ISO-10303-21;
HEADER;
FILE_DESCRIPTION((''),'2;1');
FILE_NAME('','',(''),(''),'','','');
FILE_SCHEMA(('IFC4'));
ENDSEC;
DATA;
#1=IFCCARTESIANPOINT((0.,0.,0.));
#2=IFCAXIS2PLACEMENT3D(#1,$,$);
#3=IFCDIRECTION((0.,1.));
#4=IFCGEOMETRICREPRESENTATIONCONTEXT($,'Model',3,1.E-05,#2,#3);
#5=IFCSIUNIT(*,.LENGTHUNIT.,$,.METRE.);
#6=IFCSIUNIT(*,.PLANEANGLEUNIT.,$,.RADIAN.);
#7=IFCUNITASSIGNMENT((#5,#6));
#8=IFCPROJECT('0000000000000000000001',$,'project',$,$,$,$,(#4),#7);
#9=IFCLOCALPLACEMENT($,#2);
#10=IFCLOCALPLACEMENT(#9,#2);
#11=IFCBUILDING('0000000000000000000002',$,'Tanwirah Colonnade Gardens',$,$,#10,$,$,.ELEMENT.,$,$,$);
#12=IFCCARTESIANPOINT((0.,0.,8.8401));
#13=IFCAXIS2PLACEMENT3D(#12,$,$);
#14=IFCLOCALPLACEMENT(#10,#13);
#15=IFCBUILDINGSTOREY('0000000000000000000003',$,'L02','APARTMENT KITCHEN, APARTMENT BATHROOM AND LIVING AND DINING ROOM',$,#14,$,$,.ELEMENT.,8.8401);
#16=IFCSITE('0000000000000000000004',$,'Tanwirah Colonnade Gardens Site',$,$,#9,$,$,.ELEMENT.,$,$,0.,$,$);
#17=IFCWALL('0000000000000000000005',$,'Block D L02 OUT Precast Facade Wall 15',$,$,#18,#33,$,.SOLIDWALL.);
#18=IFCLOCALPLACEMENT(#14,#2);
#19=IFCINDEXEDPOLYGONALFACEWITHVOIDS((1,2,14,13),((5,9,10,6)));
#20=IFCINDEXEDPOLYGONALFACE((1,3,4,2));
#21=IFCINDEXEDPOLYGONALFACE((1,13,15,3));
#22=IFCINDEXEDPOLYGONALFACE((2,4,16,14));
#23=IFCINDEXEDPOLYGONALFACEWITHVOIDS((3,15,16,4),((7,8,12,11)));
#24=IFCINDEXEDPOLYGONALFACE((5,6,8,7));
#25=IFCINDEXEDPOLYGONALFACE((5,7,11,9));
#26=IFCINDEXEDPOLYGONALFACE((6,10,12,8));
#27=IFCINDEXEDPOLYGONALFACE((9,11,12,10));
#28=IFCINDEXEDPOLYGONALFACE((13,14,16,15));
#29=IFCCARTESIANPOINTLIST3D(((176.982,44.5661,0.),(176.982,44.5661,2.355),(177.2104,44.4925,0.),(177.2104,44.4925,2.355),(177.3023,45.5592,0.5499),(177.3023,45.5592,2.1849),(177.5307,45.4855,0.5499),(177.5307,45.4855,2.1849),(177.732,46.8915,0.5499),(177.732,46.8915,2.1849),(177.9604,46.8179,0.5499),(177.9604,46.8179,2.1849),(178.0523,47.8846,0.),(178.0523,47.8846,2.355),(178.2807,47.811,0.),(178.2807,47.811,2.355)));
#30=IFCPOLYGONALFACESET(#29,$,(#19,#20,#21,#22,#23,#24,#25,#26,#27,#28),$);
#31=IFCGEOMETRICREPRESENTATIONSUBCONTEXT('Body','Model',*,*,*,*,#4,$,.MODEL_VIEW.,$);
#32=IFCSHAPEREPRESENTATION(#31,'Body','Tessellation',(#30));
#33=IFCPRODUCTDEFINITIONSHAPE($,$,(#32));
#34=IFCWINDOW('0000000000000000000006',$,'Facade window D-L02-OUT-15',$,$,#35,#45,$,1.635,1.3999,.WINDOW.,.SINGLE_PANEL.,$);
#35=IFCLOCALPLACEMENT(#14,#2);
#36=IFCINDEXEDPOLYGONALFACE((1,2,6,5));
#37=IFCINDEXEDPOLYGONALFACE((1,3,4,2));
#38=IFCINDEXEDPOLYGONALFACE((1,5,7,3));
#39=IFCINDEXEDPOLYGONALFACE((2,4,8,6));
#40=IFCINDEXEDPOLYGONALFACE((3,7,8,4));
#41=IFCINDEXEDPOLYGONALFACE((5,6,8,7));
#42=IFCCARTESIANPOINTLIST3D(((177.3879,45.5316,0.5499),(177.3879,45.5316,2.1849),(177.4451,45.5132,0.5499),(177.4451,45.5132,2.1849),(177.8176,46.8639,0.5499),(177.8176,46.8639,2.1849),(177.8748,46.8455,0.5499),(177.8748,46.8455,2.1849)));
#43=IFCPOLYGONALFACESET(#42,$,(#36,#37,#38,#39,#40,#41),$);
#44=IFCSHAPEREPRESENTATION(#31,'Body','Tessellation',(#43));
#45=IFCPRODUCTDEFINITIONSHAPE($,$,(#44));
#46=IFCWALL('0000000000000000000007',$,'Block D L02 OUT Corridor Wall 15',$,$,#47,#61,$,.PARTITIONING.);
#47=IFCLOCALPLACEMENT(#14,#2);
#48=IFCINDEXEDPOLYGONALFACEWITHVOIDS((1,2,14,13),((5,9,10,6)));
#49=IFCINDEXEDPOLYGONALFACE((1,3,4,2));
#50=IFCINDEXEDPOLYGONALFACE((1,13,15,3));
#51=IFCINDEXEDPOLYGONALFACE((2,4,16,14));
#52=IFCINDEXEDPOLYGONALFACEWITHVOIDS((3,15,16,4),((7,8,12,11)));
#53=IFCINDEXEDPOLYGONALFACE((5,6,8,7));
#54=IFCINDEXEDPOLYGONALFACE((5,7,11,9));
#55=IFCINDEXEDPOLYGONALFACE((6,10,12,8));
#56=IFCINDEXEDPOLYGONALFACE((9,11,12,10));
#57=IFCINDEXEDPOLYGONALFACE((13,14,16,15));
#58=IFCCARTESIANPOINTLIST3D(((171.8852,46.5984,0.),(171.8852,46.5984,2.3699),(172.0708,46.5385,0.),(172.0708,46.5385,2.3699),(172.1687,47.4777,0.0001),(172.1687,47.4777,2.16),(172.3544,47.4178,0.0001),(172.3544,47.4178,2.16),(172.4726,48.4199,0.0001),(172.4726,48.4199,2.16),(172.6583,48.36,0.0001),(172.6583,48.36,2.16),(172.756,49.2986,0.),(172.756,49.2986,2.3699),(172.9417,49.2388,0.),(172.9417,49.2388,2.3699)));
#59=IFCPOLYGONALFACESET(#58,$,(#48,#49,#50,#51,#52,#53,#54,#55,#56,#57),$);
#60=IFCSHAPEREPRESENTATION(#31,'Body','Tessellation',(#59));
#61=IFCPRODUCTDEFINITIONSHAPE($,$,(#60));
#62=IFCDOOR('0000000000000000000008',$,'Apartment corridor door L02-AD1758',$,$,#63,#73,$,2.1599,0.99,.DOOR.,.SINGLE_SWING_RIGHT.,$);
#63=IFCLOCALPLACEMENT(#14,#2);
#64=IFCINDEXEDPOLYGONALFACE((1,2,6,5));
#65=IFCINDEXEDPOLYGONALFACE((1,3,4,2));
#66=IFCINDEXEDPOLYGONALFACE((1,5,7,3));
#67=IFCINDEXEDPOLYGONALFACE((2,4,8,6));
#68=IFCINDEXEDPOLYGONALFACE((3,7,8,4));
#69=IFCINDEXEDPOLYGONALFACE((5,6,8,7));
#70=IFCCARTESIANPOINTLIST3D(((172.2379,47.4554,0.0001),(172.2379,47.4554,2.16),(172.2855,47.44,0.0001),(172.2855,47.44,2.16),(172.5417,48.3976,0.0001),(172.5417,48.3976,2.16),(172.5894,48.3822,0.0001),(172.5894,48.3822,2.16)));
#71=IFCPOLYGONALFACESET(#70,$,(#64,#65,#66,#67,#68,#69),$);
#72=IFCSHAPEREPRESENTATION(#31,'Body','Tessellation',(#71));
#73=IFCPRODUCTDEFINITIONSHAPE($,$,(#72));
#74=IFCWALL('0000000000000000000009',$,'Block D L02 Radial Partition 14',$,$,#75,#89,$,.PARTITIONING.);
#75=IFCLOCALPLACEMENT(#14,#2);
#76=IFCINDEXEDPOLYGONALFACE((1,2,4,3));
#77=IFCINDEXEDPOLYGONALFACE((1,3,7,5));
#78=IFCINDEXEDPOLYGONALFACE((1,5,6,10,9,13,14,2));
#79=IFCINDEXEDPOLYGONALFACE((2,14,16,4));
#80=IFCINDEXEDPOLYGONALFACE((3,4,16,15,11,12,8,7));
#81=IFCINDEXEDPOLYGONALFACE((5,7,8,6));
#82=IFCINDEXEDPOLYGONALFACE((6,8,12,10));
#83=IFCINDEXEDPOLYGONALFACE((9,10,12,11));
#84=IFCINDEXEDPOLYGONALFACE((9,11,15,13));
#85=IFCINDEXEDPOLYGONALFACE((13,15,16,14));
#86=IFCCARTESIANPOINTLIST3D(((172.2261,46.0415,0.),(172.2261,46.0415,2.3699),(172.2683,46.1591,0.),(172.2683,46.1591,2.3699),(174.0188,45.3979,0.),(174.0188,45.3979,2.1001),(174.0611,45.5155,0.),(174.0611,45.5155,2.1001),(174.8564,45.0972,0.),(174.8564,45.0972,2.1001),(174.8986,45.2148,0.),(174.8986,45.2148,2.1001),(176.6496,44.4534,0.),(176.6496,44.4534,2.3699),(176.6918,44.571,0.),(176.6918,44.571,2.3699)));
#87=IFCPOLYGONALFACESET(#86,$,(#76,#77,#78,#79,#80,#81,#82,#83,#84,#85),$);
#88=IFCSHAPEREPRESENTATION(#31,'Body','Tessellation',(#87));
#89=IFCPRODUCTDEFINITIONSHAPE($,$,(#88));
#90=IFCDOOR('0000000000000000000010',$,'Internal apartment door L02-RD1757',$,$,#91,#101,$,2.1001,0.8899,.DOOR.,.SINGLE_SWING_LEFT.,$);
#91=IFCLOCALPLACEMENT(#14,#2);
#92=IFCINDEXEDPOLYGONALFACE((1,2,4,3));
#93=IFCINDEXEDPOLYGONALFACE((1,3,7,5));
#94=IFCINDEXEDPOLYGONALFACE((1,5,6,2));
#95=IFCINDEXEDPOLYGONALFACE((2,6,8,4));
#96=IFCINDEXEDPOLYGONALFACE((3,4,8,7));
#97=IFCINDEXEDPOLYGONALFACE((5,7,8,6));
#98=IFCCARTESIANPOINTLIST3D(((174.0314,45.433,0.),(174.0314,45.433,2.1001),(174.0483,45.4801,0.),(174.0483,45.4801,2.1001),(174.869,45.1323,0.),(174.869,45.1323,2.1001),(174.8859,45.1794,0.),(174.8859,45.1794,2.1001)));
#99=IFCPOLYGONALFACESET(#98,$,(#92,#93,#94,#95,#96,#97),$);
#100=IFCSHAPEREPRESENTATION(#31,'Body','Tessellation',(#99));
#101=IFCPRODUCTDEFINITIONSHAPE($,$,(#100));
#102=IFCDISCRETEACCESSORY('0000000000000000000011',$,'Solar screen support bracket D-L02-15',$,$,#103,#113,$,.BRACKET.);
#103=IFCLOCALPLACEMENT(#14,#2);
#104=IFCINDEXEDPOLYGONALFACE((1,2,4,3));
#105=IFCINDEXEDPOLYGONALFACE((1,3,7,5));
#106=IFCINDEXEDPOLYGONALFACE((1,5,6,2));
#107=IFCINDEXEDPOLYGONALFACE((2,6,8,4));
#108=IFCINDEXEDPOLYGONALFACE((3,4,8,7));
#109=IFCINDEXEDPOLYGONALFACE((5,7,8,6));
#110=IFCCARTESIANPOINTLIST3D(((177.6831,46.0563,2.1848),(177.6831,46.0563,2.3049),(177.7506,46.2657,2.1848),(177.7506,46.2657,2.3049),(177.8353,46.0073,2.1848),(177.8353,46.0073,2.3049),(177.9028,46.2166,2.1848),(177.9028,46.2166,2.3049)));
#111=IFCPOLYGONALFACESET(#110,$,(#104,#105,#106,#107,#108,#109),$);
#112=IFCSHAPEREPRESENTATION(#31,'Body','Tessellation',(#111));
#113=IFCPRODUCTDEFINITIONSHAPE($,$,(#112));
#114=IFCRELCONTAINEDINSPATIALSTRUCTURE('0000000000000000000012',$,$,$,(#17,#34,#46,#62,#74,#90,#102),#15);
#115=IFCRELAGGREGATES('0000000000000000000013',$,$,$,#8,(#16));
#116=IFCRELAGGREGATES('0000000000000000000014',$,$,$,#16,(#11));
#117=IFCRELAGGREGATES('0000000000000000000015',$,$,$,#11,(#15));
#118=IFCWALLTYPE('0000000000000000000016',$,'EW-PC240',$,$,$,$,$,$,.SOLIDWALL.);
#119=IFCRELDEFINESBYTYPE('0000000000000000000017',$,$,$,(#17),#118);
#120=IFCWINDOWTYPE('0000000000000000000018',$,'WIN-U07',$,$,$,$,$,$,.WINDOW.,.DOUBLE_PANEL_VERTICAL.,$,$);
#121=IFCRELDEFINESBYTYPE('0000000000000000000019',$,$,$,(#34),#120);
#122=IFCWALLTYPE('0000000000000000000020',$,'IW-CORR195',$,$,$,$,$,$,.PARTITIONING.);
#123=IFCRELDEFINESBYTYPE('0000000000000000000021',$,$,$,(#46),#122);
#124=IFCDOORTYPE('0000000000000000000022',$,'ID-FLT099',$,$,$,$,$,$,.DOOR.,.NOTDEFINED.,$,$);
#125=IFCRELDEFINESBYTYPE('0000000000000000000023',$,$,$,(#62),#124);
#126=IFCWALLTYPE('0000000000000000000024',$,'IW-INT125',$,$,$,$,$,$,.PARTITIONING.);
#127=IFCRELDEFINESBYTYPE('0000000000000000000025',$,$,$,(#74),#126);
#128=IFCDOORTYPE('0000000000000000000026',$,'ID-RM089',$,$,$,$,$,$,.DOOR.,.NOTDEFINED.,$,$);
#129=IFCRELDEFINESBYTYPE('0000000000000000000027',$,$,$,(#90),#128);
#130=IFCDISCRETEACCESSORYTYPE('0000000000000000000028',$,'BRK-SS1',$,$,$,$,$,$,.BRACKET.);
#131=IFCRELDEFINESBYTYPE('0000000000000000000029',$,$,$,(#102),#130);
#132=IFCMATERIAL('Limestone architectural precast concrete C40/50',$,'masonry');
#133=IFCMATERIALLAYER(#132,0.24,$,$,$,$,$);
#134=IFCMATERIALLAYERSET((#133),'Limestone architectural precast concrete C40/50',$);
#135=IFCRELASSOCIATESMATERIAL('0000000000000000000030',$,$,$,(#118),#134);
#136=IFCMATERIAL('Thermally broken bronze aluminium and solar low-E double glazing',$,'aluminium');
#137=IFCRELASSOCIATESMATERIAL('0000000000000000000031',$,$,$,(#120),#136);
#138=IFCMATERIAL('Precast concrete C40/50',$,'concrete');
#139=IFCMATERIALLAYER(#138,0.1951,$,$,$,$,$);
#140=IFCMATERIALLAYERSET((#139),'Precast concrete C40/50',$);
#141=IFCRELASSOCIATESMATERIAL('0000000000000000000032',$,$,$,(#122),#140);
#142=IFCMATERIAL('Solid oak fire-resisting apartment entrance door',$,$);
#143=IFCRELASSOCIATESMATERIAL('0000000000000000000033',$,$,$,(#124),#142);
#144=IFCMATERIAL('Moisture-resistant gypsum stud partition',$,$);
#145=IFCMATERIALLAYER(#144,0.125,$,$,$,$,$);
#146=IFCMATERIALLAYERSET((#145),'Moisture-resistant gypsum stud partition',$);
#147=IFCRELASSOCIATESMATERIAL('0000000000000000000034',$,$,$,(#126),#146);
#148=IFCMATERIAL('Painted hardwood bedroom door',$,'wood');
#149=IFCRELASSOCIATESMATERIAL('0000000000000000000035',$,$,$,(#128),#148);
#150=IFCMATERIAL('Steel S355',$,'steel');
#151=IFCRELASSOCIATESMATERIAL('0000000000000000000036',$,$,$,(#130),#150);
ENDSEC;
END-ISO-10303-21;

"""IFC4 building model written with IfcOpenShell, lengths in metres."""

from ifc_helpers import new_model, si_unit, direction, frame, frame_2d, origin, origin_2d, place, context, subcontext, project, spatial, rectangle, extrude, material, layer, layer_set, type_object, element, fill, save


model = new_model("IFC4")

# Units and contexts
model_context = context("Model", 3, precision=1e-05, world=origin(), true_north=direction((0.0, 1.0)))
body_context = subcontext(model_context, "Body", "Model", "MODEL_VIEW")
ifc_project = project(units=[si_unit("LENGTHUNIT", "METRE"), si_unit("PLANEANGLEUNIT", "RADIAN")], contexts=[model_context])

# Site, building, storey
site_placement = place(None, origin())
site = spatial("IfcSite", under=ifc_project, at=site_placement, Name="Tanwirah Colonnade Gardens Site", CompositionType="ELEMENT", RefElevation=0.0)
building_placement = place(site_placement, origin())
building = spatial("IfcBuilding", under=site, at=building_placement, Name="Tanwirah Colonnade Gardens", CompositionType="ELEMENT")
storey_placement = place(building_placement, frame((0.0, 0.0, 8.8401)))
storey = spatial("IfcBuildingStorey", under=building, at=storey_placement, Name="L02", Description="APARTMENT KITCHEN, APARTMENT BATHROOM AND LIVING AND DINING ROOM", CompositionType="ELEMENT", Elevation=8.8401)

# Shared definitions
ifc_material_1 = material(Name="Precast concrete C40/50", Category="concrete")

# Wall, opening, window
ifc_material_2 = material(Name="Limestone architectural precast concrete C40/50", Category="masonry")
ifc_layer_1 = layer(ifc_material_2, 0.24)
ifc_layer_set_1 = layer_set([ifc_layer_1], Name="Limestone architectural precast concrete C40/50")
wall_type_1 = type_object("IfcWallType", Name="EW-PC240", PredefinedType="SOLIDWALL", material=ifc_layer_set_1)
wall_1_placement = place(storey_placement, frame((177.0962, 44.5293, 0.0), z_axis=(0.0, 0.0, 1.0), x_axis=(0.30695, 0.951726, 0.0)))
wall_1 = element("IfcWall", 1, at=wall_1_placement, inside=storey, type_object=wall_type_1, Name="Block D L02 OUT Precast Facade Wall 15", PredefinedType="SOLIDWALL", context=body_context, shape_type="SweptSolid", body=[
    extrude(rectangle(XDim=3.4868, YDim=0.24, at=frame_2d((1.7434, 0.0))), origin(), (0.0, 0.0, 1.0), 2.355),
])
opening_1_placement = place(wall_1_placement, frame((1.0435, 0.0, 0.55)))
opening_1 = element("IfcOpeningElement", 2, at=opening_1_placement, cuts=wall_1, PredefinedType="OPENING", context=body_context, shape_type="SweptSolid", body=[
    extrude(rectangle(XDim=1.3999, YDim=1.635, at=frame_2d((0.7, 0.8174))), frame((0.0, 0.1299, 0.0), z_axis=(0.0, -1.0, 0.0), x_axis=(1.0, 0.0, 0.0)), (0.0, 0.0, 1.0), 0.26),
])
ifc_material_3 = material(Name="Thermally broken bronze aluminium and solar low-E double glazing", Category="aluminium")
window_type = type_object("IfcWindowType", Name="WIN-U07", PartitioningType="DOUBLE_PANEL_VERTICAL", PredefinedType="WINDOW", material=ifc_material_3)
window_placement = place(opening_1_placement, origin())
window = element("IfcWindow", 3, at=window_placement, inside=storey, type_object=window_type, Name="Facade window D-L02-OUT-15", OverallHeight=1.635, OverallWidth=1.3999, PartitioningType="SINGLE_PANEL", PredefinedType="WINDOW", context=body_context, shape_type="SweptSolid", body=[
    extrude(rectangle(XDim=1.3999, YDim=1.635, at=frame_2d((0.7, 0.8174))), frame((0.0, 0.03, 0.0), z_axis=(0.0, -1.0, 0.0), x_axis=(1.0, 0.0, 0.0)), (0.0, 0.0, 1.0), 0.0601),
])
fill(opening_1, window)

# Walls, openings, doors
ifc_layer_2 = layer(ifc_material_1, 0.1951)
ifc_layer_set_2 = layer_set([ifc_layer_2], Name="Precast concrete C40/50")
wall_type_2 = type_object("IfcWallType", Name="IW-CORR195", PredefinedType="PARTITIONING", material=ifc_layer_set_2)
ifc_material_4 = material(Name="Solid oak fire-resisting apartment entrance door")
wall_2_placement = place(storey_placement, frame((171.978, 46.5686, 0.0), z_axis=(0.0, 0.0, 1.0), x_axis=(0.306945, 0.951727, 0.0)))
wall_2 = element("IfcWall", 4, at=wall_2_placement, inside=storey, type_object=wall_type_2, Name="Block D L02 OUT Corridor Wall 15", PredefinedType="PARTITIONING", context=body_context, shape_type="SweptSolid", body=[
    extrude(rectangle(XDim=2.8372, YDim=0.1951, at=frame_2d((1.4185, 0.0))), origin(), (0.0, 0.0, 1.0), 2.3699),
])
opening_2_placement = place(wall_2_placement, frame((0.9236, 0.0, 0.0)))
opening_2 = element("IfcOpeningElement", 5, at=opening_2_placement, cuts=wall_2, PredefinedType="OPENING", context=body_context, shape_type="SweptSolid", body=[
    extrude(rectangle(XDim=0.99, YDim=2.1599, at=frame_2d((0.4951, 1.0801))), frame((0.0, 0.1074, 0.0), z_axis=(0.0, -1.0, 0.0), x_axis=(1.0, 0.0, 0.0)), (0.0, 0.0, 1.0), 0.2151),
])
door_type_1 = type_object("IfcDoorType", Name="ID-FLT099", OperationType="NOTDEFINED", PredefinedType="DOOR", material=ifc_material_4)
door_1_placement = place(opening_2_placement, origin())
door_1 = element("IfcDoor", 6, at=door_1_placement, inside=storey, type_object=door_type_1, Name="Apartment corridor door L02-AD1758", OperationType="SINGLE_SWING_RIGHT", OverallHeight=2.1599, OverallWidth=0.99, PredefinedType="DOOR", context=body_context, shape_type="SweptSolid", body=[
    extrude(rectangle(XDim=0.99, YDim=2.1599, at=frame_2d((0.4951, 1.0801))), frame((0.0, 0.0249, 0.0), z_axis=(0.0, -1.0, 0.0), x_axis=(1.0, 0.0, 0.0)), (0.0, 0.0, 1.0), 0.05),
])
fill(opening_2, door_1)
ifc_material_5 = material(Name="Moisture-resistant gypsum stud partition")
ifc_layer_3 = layer(ifc_material_5, 0.125)
ifc_layer_set_3 = layer_set([ifc_layer_3], Name="Moisture-resistant gypsum stud partition")
wall_type_3 = type_object("IfcWallType", Name="IW-INT125", PredefinedType="PARTITIONING", material=ifc_layer_set_3)
wall_3_placement = place(storey_placement, frame((172.2471, 46.1003, 0.0), z_axis=(0.0, 0.0, 1.0), x_axis=(0.941182, -0.337899, 0.0)))
wall_3 = element("IfcWall", 7, at=wall_3_placement, inside=storey, type_object=wall_type_3, Name="Block D L02 Radial Partition 14", PredefinedType="PARTITIONING", context=body_context, shape_type="SweptSolid", body=[
    extrude(rectangle(XDim=4.7, YDim=0.125, at=frame_2d((2.3501, 0.0))), origin(), (0.0, 0.0, 1.0), 2.3699),
])
opening_3_placement = place(wall_3_placement, frame((1.905, 0.0, 0.0)))
opening_3 = element("IfcOpeningElement", 8, at=opening_3_placement, cuts=wall_3, PredefinedType="OPENING", context=body_context, shape_type="SweptSolid", body=[
    extrude(rectangle(XDim=0.8899, YDim=2.1001, at=frame_2d((0.4448, 1.05))), frame((0.0, 0.0725, 0.0), z_axis=(0.0, -1.0, 0.0), x_axis=(1.0, 0.0, 0.0)), (0.0, 0.0, 1.0), 0.145),
])
ifc_material_6 = material(Name="Painted hardwood bedroom door", Category="wood")
door_type_2 = type_object("IfcDoorType", Name="ID-RM089", OperationType="NOTDEFINED", PredefinedType="DOOR", material=ifc_material_6)
door_2_placement = place(opening_3_placement, origin())
door_2 = element("IfcDoor", 9, at=door_2_placement, inside=storey, type_object=door_type_2, Name="Internal apartment door L02-RD1757", OperationType="SINGLE_SWING_LEFT", OverallHeight=2.1001, OverallWidth=0.8899, PredefinedType="DOOR", context=body_context, shape_type="SweptSolid", body=[
    extrude(rectangle(XDim=0.8899, YDim=2.1001, at=frame_2d((0.4448, 1.05))), frame((0.0, 0.0249, 0.0), z_axis=(0.0, -1.0, 0.0), x_axis=(1.0, 0.0, 0.0)), (0.0, 0.0, 1.0), 0.05),
])
fill(opening_3, door_2)

# Discrete accessory
ifc_material_7 = material(Name="Steel S355", Category="steel")
discrete_accessory_type = type_object("IfcDiscreteAccessoryType", Name="BRK-SS1", PredefinedType="BRACKET", material=ifc_material_7)
discrete_accessory_placement = place(storey_placement, frame((177.793, 46.1365, 2.1848), z_axis=(0.0, 0.0, 1.0), x_axis=(0.306943, 0.951728, 0.0)))
element("IfcDiscreteAccessory", 10, at=discrete_accessory_placement, inside=storey, type_object=discrete_accessory_type, Name="Solar screen support bracket D-L02-15", PredefinedType="BRACKET", context=body_context, shape_type="SweptSolid", body=[
    extrude(rectangle(XDim=0.22, YDim=0.1599, at=origin_2d()), origin(), (0.0, 0.0, 1.0), 0.1201),
])

save(model, "model.ifc")
